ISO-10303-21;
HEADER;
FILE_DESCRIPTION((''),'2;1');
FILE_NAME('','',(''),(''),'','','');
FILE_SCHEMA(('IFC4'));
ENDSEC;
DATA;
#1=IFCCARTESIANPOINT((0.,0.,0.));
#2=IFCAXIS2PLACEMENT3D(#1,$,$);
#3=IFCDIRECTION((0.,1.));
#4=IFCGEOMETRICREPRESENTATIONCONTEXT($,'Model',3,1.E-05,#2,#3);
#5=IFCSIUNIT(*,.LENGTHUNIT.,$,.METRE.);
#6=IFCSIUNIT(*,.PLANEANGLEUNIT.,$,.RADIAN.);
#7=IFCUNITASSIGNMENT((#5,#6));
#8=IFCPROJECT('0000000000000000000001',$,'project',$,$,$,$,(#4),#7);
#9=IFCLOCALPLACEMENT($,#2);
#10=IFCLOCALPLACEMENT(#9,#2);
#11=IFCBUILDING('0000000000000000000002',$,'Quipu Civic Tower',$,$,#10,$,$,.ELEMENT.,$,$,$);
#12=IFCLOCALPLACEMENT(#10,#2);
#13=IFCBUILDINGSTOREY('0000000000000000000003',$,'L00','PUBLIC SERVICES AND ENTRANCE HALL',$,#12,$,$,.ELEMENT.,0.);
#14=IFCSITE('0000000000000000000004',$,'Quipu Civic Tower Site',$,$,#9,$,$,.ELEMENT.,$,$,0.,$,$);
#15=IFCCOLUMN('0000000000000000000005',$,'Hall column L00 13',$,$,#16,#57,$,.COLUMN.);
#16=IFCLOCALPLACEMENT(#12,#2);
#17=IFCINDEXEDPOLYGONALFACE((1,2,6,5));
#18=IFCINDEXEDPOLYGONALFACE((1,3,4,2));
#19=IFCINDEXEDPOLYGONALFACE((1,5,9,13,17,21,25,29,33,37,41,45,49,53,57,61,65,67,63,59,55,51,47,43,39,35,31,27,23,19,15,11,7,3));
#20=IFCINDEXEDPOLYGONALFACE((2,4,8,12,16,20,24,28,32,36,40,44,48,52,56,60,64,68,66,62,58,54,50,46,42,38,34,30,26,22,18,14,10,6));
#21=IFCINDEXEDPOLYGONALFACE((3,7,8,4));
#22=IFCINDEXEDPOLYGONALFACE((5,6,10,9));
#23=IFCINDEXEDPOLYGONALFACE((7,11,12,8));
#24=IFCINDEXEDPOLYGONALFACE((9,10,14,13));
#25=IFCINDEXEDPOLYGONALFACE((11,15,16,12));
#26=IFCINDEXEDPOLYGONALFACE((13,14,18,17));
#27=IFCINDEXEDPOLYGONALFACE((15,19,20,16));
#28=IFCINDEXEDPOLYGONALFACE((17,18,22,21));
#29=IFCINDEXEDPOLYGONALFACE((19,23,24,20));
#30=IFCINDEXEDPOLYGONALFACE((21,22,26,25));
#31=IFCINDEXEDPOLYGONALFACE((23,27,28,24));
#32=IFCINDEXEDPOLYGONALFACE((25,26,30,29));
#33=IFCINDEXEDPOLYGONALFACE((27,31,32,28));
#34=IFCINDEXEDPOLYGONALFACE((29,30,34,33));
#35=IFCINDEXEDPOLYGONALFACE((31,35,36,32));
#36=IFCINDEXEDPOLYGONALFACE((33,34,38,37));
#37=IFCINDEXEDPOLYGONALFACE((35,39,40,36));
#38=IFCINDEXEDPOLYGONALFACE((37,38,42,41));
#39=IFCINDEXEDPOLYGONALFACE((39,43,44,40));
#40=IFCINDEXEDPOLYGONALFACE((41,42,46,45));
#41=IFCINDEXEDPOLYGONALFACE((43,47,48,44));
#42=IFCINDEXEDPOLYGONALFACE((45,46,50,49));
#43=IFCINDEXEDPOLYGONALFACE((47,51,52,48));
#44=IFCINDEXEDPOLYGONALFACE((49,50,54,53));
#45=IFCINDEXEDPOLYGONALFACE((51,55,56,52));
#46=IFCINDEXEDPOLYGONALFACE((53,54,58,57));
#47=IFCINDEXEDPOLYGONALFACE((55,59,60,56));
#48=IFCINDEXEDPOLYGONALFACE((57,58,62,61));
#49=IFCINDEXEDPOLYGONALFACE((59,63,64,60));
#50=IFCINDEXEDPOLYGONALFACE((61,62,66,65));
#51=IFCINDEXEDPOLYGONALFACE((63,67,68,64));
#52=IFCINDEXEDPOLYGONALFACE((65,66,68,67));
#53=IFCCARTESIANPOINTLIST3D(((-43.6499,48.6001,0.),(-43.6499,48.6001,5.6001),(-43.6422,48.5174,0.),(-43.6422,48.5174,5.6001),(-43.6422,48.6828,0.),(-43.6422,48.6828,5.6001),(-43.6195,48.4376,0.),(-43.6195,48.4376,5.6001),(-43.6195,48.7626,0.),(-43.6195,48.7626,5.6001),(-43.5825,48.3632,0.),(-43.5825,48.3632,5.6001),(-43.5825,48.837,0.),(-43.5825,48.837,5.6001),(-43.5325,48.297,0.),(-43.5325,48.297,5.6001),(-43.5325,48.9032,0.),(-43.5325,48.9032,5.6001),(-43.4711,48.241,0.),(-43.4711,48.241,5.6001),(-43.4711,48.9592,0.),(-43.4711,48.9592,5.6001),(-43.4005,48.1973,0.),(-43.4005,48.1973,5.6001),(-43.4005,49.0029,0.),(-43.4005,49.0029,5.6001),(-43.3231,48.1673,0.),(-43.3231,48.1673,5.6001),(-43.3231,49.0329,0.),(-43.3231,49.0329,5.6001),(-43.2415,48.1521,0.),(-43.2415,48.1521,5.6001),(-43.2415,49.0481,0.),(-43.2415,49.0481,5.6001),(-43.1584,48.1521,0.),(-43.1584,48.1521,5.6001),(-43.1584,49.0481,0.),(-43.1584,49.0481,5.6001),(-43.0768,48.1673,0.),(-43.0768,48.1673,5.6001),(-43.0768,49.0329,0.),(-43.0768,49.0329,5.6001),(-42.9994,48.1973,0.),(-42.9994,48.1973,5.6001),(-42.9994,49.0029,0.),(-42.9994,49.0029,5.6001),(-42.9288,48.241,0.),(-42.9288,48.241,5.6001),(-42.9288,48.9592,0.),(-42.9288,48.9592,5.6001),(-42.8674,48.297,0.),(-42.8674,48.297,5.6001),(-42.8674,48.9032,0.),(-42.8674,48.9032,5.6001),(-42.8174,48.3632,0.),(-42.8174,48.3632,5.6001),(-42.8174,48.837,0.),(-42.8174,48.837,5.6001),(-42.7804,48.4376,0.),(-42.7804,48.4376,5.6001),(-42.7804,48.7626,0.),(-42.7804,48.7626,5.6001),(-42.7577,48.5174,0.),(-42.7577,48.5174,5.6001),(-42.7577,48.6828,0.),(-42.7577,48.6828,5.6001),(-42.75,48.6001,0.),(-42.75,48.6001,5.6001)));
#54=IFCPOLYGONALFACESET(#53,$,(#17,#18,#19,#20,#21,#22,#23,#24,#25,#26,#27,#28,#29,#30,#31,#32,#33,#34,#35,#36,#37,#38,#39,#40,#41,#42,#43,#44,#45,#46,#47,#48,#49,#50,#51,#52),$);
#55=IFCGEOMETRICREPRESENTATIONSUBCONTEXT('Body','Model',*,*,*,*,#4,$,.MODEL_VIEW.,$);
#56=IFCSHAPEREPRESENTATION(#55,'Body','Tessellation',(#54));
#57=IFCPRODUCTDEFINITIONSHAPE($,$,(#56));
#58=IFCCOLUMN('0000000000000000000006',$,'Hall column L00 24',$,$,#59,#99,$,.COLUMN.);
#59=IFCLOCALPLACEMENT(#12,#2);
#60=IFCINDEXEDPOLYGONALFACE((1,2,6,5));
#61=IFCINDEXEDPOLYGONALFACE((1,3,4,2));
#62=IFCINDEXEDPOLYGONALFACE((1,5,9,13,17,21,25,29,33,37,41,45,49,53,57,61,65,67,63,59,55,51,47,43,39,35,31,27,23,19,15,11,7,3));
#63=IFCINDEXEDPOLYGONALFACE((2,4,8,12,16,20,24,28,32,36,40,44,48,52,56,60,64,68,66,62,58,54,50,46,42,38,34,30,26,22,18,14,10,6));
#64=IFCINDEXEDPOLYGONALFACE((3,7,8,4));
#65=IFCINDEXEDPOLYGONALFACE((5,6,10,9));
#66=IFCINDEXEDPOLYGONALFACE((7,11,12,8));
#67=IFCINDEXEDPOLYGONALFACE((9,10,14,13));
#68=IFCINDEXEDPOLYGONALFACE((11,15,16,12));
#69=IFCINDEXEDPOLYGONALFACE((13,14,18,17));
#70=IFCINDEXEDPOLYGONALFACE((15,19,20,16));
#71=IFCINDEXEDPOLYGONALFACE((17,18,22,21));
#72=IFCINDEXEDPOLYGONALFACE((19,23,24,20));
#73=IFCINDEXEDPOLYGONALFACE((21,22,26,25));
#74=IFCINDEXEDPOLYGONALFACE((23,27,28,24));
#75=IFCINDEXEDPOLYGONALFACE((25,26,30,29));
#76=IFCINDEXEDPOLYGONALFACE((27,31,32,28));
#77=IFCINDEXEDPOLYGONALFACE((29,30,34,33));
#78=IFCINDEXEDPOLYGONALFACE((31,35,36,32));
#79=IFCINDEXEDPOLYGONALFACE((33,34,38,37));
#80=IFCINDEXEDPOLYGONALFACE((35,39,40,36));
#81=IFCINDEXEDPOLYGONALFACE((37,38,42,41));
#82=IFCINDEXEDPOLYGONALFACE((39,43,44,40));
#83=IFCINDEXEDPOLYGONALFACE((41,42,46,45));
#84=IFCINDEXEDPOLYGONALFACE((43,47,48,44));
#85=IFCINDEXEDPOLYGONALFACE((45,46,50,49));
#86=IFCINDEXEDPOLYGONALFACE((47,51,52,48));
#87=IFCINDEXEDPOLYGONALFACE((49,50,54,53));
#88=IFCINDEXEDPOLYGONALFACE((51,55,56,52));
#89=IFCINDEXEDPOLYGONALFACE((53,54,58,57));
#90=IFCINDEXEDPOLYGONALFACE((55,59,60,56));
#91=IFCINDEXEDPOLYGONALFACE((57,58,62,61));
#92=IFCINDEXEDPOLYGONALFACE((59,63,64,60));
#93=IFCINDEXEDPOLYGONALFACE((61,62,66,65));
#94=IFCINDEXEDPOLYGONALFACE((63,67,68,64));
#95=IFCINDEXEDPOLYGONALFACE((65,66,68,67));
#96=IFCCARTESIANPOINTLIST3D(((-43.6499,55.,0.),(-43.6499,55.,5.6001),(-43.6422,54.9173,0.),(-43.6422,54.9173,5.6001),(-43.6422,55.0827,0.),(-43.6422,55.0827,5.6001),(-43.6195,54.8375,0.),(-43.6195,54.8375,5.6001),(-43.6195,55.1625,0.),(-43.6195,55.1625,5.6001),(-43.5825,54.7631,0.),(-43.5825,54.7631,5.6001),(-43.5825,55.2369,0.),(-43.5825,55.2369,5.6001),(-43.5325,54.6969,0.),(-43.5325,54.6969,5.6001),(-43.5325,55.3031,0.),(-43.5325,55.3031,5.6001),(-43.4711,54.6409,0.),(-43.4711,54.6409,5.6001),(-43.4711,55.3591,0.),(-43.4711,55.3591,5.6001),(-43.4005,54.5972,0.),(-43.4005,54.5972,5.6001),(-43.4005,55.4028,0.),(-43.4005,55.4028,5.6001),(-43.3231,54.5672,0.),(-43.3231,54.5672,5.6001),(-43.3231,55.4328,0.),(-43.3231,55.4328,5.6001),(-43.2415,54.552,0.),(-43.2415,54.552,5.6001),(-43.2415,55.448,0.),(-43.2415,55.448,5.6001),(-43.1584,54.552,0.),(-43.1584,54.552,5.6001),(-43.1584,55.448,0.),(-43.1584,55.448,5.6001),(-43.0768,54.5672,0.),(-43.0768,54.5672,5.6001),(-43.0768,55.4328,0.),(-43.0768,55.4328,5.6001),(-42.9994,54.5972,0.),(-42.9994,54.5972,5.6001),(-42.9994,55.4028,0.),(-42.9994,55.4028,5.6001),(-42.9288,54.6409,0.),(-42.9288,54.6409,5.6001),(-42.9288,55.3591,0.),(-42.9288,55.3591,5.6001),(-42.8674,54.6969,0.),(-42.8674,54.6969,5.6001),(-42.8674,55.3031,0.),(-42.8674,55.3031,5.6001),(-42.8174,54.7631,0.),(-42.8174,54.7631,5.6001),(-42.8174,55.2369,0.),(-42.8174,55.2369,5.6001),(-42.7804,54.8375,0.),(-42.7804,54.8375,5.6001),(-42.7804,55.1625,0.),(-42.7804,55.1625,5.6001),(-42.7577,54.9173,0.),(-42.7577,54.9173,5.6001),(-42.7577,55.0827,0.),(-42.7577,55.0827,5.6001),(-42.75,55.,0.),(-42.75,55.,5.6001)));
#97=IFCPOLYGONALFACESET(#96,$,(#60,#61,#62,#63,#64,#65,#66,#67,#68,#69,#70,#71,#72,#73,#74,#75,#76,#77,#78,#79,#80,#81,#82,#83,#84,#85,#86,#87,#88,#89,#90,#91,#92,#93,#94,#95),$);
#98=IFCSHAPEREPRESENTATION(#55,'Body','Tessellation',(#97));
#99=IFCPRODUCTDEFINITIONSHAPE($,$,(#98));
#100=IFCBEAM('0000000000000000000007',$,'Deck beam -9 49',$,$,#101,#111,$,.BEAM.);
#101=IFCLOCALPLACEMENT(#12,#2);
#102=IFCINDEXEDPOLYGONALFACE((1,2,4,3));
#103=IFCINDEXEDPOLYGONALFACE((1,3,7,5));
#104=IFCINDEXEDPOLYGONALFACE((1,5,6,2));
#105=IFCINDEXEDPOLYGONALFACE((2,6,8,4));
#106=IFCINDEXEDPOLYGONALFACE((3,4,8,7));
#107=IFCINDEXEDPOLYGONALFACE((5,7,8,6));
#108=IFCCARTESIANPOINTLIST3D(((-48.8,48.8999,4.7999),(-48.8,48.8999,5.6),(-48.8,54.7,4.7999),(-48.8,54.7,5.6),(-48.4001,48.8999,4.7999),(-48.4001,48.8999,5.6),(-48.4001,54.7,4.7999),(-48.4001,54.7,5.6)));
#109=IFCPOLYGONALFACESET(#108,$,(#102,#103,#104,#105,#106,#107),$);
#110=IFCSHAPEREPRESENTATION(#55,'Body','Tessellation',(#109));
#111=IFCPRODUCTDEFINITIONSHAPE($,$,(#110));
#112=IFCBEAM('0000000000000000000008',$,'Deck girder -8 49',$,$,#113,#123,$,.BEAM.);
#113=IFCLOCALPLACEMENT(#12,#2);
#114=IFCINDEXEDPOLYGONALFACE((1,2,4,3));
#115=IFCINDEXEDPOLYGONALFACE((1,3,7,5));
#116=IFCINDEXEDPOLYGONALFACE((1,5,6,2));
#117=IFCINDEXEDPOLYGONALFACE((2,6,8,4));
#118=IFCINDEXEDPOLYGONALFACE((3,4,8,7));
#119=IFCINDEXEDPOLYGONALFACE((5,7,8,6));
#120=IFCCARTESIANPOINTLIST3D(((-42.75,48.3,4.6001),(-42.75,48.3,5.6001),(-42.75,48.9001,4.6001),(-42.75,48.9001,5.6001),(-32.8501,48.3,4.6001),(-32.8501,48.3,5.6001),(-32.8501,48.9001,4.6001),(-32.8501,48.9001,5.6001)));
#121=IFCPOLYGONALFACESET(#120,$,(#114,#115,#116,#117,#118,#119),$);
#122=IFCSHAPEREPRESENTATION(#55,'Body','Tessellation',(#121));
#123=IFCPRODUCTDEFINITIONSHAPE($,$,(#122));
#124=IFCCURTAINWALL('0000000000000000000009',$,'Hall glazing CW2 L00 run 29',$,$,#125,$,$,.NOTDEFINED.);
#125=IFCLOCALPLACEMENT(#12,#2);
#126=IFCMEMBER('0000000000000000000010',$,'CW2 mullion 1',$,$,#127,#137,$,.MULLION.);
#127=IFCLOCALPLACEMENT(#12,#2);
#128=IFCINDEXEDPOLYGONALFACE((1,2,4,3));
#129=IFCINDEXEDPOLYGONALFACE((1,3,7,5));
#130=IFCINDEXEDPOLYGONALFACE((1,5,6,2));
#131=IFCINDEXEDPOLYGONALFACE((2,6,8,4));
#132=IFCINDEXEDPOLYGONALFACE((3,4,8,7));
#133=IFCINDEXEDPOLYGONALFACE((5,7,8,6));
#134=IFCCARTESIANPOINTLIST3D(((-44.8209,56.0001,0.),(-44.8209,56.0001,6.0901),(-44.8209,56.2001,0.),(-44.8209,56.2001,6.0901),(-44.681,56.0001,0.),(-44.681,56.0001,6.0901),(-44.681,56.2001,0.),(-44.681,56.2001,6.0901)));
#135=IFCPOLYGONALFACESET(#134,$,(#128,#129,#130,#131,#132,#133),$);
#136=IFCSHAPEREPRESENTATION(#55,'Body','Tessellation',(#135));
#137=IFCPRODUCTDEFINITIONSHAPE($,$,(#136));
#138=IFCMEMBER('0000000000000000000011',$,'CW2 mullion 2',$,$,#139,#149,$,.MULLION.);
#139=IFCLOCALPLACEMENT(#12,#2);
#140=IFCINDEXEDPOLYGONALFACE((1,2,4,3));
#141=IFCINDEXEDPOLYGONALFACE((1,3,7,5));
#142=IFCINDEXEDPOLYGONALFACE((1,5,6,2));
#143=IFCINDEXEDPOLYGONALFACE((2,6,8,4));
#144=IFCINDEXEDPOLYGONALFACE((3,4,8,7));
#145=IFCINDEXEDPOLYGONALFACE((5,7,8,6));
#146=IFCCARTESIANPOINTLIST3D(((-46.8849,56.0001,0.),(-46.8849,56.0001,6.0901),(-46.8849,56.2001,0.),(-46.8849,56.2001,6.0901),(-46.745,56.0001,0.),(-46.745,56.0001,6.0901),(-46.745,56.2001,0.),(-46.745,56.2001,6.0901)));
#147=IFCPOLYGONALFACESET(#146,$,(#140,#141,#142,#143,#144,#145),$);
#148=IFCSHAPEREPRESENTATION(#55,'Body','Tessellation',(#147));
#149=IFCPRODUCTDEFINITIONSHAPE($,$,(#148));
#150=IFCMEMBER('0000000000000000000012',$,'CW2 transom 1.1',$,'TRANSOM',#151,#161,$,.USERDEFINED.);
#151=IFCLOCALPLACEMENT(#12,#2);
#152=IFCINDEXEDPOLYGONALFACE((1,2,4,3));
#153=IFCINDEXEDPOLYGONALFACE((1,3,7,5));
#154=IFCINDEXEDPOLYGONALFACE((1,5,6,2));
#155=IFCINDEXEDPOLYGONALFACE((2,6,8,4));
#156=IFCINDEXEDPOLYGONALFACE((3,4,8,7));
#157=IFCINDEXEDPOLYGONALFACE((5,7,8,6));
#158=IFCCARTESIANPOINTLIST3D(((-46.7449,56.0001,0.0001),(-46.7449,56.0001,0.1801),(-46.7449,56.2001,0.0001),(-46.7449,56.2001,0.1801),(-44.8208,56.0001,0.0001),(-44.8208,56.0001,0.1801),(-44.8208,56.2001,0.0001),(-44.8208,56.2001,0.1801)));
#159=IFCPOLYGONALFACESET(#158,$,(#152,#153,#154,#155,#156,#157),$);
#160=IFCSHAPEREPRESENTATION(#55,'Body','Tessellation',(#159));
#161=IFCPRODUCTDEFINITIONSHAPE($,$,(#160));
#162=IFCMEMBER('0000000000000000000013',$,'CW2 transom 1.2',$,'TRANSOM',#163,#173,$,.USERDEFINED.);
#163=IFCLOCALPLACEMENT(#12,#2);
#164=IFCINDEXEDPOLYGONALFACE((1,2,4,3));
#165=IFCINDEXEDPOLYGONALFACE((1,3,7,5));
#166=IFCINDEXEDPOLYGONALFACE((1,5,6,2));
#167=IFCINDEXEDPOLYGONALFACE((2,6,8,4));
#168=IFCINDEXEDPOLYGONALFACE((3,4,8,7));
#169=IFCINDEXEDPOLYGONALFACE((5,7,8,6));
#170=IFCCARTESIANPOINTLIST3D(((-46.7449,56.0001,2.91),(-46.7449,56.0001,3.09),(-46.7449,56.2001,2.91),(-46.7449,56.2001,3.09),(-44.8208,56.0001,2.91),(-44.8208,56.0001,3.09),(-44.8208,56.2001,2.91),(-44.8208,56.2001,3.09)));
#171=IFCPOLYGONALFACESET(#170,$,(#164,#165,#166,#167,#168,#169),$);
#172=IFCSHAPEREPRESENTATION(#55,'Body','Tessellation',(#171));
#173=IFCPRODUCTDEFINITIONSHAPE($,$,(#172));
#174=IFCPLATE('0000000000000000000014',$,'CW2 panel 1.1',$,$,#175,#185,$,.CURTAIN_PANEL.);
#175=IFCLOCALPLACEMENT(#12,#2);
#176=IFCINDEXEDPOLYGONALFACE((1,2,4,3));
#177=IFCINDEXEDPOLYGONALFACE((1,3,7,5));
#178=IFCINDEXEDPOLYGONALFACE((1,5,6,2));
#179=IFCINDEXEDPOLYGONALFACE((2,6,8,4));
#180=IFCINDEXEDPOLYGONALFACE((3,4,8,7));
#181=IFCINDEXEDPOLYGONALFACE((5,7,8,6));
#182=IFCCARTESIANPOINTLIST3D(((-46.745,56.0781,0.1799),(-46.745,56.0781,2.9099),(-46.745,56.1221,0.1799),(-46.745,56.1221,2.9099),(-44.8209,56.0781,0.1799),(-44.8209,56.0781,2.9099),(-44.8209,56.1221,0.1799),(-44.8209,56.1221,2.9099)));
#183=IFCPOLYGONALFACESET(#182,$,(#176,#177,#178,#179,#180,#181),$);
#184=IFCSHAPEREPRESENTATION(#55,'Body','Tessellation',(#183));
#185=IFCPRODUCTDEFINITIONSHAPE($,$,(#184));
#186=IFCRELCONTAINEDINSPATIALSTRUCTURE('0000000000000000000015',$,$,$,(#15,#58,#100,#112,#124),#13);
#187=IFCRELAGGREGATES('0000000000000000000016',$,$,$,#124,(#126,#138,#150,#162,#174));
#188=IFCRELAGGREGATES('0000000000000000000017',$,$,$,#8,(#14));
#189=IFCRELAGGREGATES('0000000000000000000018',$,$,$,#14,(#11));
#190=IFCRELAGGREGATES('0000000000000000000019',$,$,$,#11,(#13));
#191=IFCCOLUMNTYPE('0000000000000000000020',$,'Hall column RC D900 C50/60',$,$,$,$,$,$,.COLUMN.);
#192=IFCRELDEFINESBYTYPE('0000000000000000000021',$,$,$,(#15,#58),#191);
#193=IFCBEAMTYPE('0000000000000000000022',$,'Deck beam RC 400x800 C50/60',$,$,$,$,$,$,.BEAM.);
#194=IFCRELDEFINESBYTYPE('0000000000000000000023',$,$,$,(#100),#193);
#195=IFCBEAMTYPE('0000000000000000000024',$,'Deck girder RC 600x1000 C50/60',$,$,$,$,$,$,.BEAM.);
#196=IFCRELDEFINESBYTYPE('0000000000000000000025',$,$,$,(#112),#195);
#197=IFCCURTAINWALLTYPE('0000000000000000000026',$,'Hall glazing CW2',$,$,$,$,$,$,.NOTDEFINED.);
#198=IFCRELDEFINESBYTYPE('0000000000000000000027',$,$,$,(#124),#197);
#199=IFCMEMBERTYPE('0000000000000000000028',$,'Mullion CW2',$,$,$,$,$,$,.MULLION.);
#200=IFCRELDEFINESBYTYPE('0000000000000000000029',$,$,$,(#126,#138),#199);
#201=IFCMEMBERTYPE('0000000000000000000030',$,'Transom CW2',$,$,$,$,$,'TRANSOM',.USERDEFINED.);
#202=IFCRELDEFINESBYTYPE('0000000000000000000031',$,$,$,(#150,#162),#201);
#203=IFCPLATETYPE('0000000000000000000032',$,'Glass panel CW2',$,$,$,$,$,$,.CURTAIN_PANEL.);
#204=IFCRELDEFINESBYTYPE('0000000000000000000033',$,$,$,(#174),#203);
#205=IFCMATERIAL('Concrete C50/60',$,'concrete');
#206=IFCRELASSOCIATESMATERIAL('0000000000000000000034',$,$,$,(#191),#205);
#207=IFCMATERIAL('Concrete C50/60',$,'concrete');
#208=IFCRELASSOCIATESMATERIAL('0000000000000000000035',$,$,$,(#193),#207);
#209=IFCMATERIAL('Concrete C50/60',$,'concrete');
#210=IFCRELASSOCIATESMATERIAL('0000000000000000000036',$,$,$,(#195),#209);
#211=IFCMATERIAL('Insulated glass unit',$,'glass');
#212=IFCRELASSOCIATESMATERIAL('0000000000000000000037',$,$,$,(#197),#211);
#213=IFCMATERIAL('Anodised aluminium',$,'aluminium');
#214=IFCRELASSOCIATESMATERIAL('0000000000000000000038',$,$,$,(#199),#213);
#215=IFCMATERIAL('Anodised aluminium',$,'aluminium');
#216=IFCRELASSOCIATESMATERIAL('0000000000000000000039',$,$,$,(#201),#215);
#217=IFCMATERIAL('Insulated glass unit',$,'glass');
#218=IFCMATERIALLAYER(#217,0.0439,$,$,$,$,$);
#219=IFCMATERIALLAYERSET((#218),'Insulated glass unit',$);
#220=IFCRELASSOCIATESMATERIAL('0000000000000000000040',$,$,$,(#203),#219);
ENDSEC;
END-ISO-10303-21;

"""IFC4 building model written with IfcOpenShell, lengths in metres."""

from ifc_helpers import new_model, si_unit, direction, frame, origin, origin_2d, place, context, subcontext, project, spatial, rectangle, circle, extrude, material, layer, layer_set, material_profile, profile_set, type_object, element, aggregate, save


model = new_model("IFC4")

# Units and contexts
model_context = context("Model", 3, precision=1e-05, world=origin(), true_north=direction((0.0, 1.0)))
body_context = subcontext(model_context, "Body", "Model", "MODEL_VIEW")
ifc_project = project(units=[si_unit("LENGTHUNIT", "METRE"), si_unit("PLANEANGLEUNIT", "RADIAN")], contexts=[model_context])

# Site, building, storey
site_placement = place(None, origin())
site = spatial("IfcSite", under=ifc_project, at=site_placement, Name="Quipu Civic Tower Site", CompositionType="ELEMENT", RefElevation=0.0)
building_placement = place(site_placement, origin())
building = spatial("IfcBuilding", under=site, at=building_placement, Name="Quipu Civic Tower", CompositionType="ELEMENT")
storey_placement = place(building_placement, origin())
storey = spatial("IfcBuildingStorey", under=building, at=storey_placement, Name="L00", Description="PUBLIC SERVICES AND ENTRANCE HALL", CompositionType="ELEMENT", Elevation=0.0)

# Columns
ifc_material_1 = material(Name="Concrete C50/60", Category="concrete")
ifc_material_profile_1 = material_profile(ifc_material_1, circle(Radius=0.45, at=origin_2d()), Name="RCD900")
ifc_profile_set_1 = profile_set([ifc_material_profile_1], Name="Concrete C50/60")
column_type = type_object("IfcColumnType", Name="Hall column RC D900 C50/60", PredefinedType="COLUMN", material=ifc_profile_set_1)
for number, where, z_axis, x_axis, name in (
    (1, (-43.2, 48.6001, 0.0), (0.0, 0.0, 1.0), (1.0, 0.0, 0.0), "Hall column L00 13"),
    (2, (-43.2, 55.0, 0.0), (0.0, 0.0, 1.0), (1.0, 0.0, 0.0), "Hall column L00 24"),
):
    element("IfcColumn", number, at=place(storey_placement, frame(where, z_axis=z_axis, x_axis=x_axis)), inside=storey, type_object=column_type, Name=name, PredefinedType="COLUMN", context=body_context, shape_type="SweptSolid", body=[
        extrude(circle(Radius=0.45, at=origin_2d()), origin(), (0.0, 0.0, 1.0), 5.6001),
    ])

# Beams
ifc_material_2 = material(Name="Concrete C50/60", Category="concrete")
ifc_material_profile_2 = material_profile(ifc_material_2, rectangle(XDim=0.3999, YDim=0.8, at=origin_2d()), Name="RC400x800")
ifc_profile_set_2 = profile_set([ifc_material_profile_2], Name="Concrete C50/60")
beam_type_1 = type_object("IfcBeamType", Name="Deck beam RC 400x800 C50/60", PredefinedType="BEAM", material=ifc_profile_set_2)
beam_1_placement = place(storey_placement, frame((-48.6001, 48.8999, 5.2), z_axis=(0.0, 1.0, 0.0), x_axis=(-1.0, 0.0, 0.0)))
element("IfcBeam", 3, at=beam_1_placement, inside=storey, type_object=beam_type_1, Name="Deck beam -9 49", PredefinedType="BEAM", context=body_context, shape_type="SweptSolid", body=[
    extrude(rectangle(XDim=0.3999, YDim=0.8, at=origin_2d()), origin(), (0.0, 0.0, 1.0), 5.8),
])
ifc_material_3 = material(Name="Concrete C50/60", Category="concrete")
ifc_material_profile_3 = material_profile(ifc_material_3, rectangle(XDim=0.6001, YDim=1.0, at=origin_2d()), Name="RC600x1000")
ifc_profile_set_3 = profile_set([ifc_material_profile_3], Name="Concrete C50/60")
beam_type_2 = type_object("IfcBeamType", Name="Deck girder RC 600x1000 C50/60", PredefinedType="BEAM", material=ifc_profile_set_3)
beam_2_placement = place(storey_placement, frame((-42.75, 48.6001, 5.1001), z_axis=(1.0, 0.0, 0.0), x_axis=(0.0, 1.0, 0.0)))
element("IfcBeam", 4, at=beam_2_placement, inside=storey, type_object=beam_type_2, Name="Deck girder -8 49", PredefinedType="BEAM", context=body_context, shape_type="SweptSolid", body=[
    extrude(rectangle(XDim=0.6001, YDim=1.0, at=origin_2d()), origin(), (0.0, 0.0, 1.0), 9.8999),
])

# Curtain wall, members, plate
ifc_material_4 = material(Name="Insulated glass unit", Category="glass")
curtain_wall_type = type_object("IfcCurtainWallType", Name="Hall glazing CW2", PredefinedType="NOTDEFINED", material=ifc_material_4)
curtain_wall_placement = place(storey_placement, origin())
curtain_wall = element("IfcCurtainWall", 5, at=curtain_wall_placement, inside=storey, type_object=curtain_wall_type, Name="Hall glazing CW2 L00 run 29", PredefinedType="NOTDEFINED")
ifc_material_5 = material(Name="Anodised aluminium", Category="aluminium")
ifc_material_profile_4 = material_profile(ifc_material_5, rectangle(XDim=0.2, YDim=0.1399, at=origin_2d()), Name="RECT 200x140")
ifc_profile_set_4 = profile_set([ifc_material_profile_4], Name="Anodised aluminium")
member_type_1 = type_object("IfcMemberType", Name="Mullion CW2", PredefinedType="MULLION", material=ifc_profile_set_4)
member_1_placement = place(storey_placement, frame((-44.751, 56.1001, 0.0), z_axis=(0.0, 0.0, 1.0), x_axis=(0.0, -1.0, 0.0)))
member_1 = element("IfcMember", 6, at=member_1_placement, type_object=member_type_1, Name="CW2 mullion 1", PredefinedType="MULLION", context=body_context, shape_type="SweptSolid", body=[
    extrude(rectangle(XDim=0.2, YDim=0.1399, at=origin_2d()), origin(), (0.0, 0.0, 1.0), 6.0901),
])
member_2_placement = place(storey_placement, frame((-46.8149, 56.1001, 0.0), z_axis=(0.0, 0.0, 1.0), x_axis=(0.0, -1.0, 0.0)))
member_2 = element("IfcMember", 7, at=member_2_placement, type_object=member_type_1, Name="CW2 mullion 2", PredefinedType="MULLION", context=body_context, shape_type="SweptSolid", body=[
    extrude(rectangle(XDim=0.2, YDim=0.1399, at=origin_2d()), origin(), (0.0, 0.0, 1.0), 6.0901),
])
ifc_material_6 = material(Name="Anodised aluminium", Category="aluminium")
ifc_material_profile_5 = material_profile(ifc_material_6, rectangle(XDim=0.2, YDim=0.1799, at=origin_2d()), Name="RECT 200x180")
ifc_profile_set_5 = profile_set([ifc_material_profile_5], Name="Anodised aluminium")
member_type_2 = type_object("IfcMemberType", Name="Transom CW2", ElementType="TRANSOM", PredefinedType="USERDEFINED", material=ifc_profile_set_5)
member_3_placement = place(storey_placement, frame((-44.8208, 56.1001, 0.0901), z_axis=(-1.0, 0.0, 0.0), x_axis=(0.0, -1.0, 0.0)))
member_3 = element("IfcMember", 8, at=member_3_placement, type_object=member_type_2, Name="CW2 transom 1.1", ObjectType="TRANSOM", PredefinedType="USERDEFINED", context=body_context, shape_type="SweptSolid", body=[
    extrude(rectangle(XDim=0.2, YDim=0.1799, at=origin_2d()), origin(), (0.0, 0.0, 1.0), 1.9241),
])
member_4_placement = place(storey_placement, frame((-44.8208, 56.1001, 3.0), z_axis=(-1.0, 0.0, 0.0), x_axis=(0.0, -1.0, 0.0)))
member_4 = element("IfcMember", 9, at=member_4_placement, type_object=member_type_2, Name="CW2 transom 1.2", ObjectType="TRANSOM", PredefinedType="USERDEFINED", context=body_context, shape_type="SweptSolid", body=[
    extrude(rectangle(XDim=0.2, YDim=0.1799, at=origin_2d()), origin(), (0.0, 0.0, 1.0), 1.9241),
])
ifc_material_7 = material(Name="Insulated glass unit", Category="glass")
ifc_layer = layer(ifc_material_7, 0.0439)
ifc_layer_set = layer_set([ifc_layer], Name="Insulated glass unit")
plate_type_1 = type_object("IfcPlateType", Name="Glass panel CW2", PredefinedType="CURTAIN_PANEL", material=ifc_layer_set)
plate_1_placement = place(storey_placement, frame((-45.783, 56.1001, 0.1799), z_axis=(0.0, 0.0, 1.0), x_axis=(-1.0, 0.0, 0.0)))
plate_1 = element("IfcPlate", 10, at=plate_1_placement, type_object=plate_type_1, Name="CW2 panel 1.1", PredefinedType="CURTAIN_PANEL", context=body_context, shape_type="SweptSolid", body=[
    extrude(rectangle(XDim=1.9241, YDim=0.0439, at=origin_2d()), origin(), (0.0, 0.0, 1.0), 2.73),
])
aggregate(curtain_wall, [member_1, member_2, member_3, member_4, plate_1])

save(model, "model.ifc")
